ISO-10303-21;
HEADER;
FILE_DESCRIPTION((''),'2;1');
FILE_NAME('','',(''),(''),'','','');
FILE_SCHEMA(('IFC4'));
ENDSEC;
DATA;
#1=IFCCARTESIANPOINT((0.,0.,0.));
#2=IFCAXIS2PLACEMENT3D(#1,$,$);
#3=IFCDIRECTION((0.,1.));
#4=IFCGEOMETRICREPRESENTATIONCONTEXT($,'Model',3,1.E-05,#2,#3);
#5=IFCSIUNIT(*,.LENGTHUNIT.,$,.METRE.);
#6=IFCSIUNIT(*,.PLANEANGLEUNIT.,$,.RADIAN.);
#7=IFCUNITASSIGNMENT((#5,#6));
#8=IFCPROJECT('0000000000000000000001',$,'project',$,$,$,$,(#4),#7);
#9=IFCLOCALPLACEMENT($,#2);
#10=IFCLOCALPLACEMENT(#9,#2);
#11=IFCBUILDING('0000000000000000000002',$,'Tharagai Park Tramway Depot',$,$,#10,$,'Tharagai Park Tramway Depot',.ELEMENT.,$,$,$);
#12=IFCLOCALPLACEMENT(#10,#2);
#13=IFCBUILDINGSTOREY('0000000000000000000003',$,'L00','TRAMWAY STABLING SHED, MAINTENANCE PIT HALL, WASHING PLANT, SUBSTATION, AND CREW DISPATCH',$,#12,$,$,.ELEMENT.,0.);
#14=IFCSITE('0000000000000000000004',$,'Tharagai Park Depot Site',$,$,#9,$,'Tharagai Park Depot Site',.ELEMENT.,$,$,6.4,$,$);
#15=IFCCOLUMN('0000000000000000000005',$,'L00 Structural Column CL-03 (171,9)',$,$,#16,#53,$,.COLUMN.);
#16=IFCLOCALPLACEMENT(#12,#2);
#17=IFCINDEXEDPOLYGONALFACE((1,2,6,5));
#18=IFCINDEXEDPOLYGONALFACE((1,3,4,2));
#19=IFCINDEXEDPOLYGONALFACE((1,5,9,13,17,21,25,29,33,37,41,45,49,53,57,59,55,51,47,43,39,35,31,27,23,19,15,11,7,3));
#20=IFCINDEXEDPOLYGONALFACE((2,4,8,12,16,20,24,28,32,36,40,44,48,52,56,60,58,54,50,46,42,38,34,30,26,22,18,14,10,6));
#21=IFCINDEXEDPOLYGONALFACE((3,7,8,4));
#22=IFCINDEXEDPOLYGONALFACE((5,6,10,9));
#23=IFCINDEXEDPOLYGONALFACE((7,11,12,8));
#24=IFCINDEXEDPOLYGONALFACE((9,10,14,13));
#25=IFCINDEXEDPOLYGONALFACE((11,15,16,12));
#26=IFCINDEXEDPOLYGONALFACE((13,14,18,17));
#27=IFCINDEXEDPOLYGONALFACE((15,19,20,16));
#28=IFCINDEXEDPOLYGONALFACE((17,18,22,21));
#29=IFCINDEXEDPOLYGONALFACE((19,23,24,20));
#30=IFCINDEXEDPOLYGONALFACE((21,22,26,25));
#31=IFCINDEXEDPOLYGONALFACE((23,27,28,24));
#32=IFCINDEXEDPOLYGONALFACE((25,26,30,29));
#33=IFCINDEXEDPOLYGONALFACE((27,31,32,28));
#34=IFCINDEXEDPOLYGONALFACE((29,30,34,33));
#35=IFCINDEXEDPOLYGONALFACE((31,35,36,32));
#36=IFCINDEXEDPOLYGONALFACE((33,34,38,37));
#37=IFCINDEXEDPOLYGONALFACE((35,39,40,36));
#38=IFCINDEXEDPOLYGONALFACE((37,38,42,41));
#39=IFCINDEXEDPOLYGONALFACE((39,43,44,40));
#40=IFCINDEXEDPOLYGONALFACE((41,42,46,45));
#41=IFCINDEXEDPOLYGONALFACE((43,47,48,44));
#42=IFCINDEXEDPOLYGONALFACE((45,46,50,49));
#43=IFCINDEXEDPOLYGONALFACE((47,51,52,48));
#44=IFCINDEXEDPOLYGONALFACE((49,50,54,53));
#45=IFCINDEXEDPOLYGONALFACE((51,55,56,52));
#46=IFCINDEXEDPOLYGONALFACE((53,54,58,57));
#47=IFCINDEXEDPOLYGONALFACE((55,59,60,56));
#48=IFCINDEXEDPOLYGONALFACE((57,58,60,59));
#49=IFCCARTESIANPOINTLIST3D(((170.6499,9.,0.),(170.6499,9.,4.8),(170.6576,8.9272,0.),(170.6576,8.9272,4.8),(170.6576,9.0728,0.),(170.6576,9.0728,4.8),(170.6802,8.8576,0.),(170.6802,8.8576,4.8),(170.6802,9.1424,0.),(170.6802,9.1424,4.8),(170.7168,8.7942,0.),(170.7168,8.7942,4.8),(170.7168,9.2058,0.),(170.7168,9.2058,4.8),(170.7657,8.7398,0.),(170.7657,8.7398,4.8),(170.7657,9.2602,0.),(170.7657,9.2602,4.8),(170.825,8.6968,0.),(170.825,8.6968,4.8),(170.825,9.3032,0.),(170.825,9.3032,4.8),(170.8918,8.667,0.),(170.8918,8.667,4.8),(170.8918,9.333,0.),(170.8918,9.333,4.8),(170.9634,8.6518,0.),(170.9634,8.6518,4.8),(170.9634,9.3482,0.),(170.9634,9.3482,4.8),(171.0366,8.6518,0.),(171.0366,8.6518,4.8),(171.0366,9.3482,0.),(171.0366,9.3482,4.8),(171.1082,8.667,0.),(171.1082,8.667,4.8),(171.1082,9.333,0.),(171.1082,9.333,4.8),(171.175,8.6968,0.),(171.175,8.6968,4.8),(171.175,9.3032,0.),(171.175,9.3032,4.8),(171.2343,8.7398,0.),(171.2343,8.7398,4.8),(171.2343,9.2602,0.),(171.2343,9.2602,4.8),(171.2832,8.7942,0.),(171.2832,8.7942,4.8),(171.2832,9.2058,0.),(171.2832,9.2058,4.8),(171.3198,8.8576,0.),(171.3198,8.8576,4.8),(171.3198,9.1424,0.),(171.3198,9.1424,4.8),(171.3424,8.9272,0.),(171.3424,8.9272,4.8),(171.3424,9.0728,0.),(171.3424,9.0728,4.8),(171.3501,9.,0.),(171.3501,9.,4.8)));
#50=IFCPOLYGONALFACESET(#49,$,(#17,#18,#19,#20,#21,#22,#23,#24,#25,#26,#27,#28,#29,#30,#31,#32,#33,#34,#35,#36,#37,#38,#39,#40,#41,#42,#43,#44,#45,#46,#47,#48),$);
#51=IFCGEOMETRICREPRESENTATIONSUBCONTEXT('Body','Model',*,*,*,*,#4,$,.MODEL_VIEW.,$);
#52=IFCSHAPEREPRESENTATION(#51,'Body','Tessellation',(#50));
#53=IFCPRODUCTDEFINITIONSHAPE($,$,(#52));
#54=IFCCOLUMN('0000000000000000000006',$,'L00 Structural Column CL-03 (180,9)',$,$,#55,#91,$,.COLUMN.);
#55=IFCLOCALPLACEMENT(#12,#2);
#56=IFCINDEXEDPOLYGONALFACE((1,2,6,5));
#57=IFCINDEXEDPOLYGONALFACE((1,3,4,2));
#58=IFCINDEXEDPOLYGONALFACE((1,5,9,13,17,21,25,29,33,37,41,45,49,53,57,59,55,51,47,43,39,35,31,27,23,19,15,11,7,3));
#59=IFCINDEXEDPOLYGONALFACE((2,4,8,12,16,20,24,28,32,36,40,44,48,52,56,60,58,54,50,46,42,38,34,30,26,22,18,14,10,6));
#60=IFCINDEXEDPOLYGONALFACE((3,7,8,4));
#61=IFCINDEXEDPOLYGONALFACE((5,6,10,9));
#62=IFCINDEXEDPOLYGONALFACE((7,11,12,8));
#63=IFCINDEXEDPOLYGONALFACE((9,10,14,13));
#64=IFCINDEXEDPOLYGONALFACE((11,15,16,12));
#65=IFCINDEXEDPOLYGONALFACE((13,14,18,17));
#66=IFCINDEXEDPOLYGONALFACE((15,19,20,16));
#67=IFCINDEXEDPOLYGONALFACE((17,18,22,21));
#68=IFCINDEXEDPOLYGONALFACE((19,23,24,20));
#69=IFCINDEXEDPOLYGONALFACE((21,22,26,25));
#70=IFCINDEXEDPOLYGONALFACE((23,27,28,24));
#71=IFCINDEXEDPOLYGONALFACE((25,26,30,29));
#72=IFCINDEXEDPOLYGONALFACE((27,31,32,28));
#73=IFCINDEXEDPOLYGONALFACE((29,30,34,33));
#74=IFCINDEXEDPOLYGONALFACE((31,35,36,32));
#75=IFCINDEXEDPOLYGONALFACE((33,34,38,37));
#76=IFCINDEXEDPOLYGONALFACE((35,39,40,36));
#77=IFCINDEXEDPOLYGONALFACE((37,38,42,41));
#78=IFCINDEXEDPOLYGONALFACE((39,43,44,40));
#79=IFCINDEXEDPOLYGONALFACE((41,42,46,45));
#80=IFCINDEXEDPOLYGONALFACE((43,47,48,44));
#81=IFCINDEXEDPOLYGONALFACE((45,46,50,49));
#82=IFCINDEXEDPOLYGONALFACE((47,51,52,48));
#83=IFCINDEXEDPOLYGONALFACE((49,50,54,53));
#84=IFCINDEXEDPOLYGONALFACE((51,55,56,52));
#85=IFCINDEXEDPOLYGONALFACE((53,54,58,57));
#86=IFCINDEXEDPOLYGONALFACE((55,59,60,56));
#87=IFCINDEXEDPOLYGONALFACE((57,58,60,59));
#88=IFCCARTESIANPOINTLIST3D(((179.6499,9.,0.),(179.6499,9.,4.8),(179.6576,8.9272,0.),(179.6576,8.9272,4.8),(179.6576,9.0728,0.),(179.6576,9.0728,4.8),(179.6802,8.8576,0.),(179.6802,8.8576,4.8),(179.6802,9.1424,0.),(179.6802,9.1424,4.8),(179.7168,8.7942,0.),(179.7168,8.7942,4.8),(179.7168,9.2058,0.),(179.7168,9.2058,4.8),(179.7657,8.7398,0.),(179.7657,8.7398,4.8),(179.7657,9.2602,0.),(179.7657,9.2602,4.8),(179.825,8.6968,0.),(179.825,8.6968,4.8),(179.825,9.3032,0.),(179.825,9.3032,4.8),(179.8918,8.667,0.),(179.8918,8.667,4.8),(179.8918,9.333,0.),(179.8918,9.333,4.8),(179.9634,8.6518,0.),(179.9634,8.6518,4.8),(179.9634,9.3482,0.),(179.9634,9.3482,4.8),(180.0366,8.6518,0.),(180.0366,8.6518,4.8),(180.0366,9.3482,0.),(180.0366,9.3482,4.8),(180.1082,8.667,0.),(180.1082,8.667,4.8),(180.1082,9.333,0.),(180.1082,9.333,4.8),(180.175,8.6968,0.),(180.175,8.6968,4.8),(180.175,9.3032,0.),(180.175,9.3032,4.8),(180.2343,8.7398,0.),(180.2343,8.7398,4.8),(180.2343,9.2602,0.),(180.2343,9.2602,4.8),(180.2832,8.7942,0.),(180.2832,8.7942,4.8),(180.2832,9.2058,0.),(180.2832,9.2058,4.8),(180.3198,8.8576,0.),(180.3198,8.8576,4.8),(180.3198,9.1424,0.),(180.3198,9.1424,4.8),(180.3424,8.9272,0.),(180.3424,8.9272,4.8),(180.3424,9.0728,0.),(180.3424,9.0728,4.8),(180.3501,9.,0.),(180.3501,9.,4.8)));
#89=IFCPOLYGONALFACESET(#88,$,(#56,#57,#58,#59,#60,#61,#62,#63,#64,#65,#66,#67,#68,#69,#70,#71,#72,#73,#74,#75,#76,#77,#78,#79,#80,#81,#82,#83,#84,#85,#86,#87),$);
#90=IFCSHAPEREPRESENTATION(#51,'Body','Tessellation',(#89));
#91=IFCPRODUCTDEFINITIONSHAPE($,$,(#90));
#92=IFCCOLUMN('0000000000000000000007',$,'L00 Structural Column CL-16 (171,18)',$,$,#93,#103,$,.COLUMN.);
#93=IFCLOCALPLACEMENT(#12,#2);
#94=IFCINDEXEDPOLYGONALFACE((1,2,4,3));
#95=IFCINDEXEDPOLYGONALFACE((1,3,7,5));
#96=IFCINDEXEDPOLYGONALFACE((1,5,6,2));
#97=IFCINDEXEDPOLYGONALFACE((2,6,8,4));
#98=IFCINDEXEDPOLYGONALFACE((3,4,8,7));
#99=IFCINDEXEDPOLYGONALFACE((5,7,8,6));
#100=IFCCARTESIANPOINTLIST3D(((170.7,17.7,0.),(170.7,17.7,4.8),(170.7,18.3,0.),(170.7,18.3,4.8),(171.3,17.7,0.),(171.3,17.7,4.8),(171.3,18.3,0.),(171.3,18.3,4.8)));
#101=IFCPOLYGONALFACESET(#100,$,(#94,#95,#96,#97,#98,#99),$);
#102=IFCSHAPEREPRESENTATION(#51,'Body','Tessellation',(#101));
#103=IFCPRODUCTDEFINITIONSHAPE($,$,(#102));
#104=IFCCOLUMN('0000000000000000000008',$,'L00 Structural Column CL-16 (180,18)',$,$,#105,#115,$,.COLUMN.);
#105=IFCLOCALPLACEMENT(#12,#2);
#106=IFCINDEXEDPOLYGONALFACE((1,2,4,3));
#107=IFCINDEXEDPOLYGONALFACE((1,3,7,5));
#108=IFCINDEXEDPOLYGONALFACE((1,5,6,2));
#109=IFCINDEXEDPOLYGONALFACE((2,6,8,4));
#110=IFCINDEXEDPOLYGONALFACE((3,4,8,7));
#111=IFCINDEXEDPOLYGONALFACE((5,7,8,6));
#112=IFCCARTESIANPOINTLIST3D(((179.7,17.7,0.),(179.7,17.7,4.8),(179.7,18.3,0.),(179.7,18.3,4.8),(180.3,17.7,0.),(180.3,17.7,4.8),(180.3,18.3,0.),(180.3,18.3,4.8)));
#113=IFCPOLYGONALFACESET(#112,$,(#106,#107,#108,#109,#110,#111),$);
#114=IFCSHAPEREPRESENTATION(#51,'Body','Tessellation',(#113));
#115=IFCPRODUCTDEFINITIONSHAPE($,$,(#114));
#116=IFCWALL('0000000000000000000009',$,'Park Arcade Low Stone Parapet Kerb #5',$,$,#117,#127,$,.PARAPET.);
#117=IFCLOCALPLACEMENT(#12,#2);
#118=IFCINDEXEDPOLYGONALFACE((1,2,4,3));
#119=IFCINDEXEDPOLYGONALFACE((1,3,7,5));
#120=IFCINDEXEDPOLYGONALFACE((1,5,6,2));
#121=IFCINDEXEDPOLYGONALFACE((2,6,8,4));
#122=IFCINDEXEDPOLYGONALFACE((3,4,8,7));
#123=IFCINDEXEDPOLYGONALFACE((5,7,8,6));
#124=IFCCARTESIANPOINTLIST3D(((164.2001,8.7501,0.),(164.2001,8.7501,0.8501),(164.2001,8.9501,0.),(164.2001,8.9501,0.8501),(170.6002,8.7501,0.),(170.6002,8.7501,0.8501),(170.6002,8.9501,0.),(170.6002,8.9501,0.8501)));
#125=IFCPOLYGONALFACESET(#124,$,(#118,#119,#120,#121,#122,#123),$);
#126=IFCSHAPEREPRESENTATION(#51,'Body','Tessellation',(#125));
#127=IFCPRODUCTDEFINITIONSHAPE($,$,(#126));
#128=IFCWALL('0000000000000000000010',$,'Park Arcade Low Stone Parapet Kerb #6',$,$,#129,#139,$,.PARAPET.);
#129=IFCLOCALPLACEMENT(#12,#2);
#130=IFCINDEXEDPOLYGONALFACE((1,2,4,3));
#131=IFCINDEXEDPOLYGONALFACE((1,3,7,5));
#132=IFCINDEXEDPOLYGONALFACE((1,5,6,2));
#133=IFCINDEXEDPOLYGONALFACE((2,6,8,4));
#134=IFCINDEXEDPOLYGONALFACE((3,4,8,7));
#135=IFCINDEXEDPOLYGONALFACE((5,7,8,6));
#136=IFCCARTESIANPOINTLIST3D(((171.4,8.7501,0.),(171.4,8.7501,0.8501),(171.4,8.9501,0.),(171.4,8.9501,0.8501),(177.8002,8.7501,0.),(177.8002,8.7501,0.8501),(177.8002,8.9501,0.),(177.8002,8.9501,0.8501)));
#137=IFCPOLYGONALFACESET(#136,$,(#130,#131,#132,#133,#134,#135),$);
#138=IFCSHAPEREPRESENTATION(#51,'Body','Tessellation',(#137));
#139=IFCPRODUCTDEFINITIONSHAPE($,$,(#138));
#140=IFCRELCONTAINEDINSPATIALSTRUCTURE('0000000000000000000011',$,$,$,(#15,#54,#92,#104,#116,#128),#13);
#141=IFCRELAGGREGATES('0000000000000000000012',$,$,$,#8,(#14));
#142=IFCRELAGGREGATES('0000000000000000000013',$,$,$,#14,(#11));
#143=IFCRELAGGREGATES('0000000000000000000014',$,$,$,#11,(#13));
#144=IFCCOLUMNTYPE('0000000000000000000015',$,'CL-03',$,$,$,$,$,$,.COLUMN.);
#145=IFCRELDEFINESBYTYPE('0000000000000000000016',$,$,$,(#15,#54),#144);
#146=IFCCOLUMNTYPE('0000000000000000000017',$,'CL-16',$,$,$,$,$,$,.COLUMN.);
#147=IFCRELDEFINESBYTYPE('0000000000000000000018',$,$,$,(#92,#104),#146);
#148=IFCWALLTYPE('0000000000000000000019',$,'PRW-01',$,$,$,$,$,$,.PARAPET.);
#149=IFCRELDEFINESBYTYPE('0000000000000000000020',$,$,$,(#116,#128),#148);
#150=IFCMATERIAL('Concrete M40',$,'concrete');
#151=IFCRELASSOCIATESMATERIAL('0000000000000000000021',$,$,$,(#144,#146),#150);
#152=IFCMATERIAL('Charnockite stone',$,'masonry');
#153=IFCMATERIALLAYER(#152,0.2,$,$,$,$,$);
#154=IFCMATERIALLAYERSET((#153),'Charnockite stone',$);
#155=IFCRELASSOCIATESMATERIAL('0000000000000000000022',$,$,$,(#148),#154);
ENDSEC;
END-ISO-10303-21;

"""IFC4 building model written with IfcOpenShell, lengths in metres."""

from ifc_helpers import new_model, si_unit, direction, frame, frame_2d, origin, origin_2d, place, context, subcontext, project, spatial, rectangle, circle, extrude, material, layer, layer_set, material_profile, profile_set, type_object, element, save


model = new_model("IFC4")

# Units and contexts
model_context = context("Model", 3, precision=1e-05, world=origin(), true_north=direction((0.0, 1.0)))
body_context = subcontext(model_context, "Body", "Model", "MODEL_VIEW")
ifc_project = project(units=[si_unit("LENGTHUNIT", "METRE"), si_unit("PLANEANGLEUNIT", "RADIAN")], contexts=[model_context])

# Site, building, storey
site_placement = place(None, origin())
site = spatial("IfcSite", under=ifc_project, at=site_placement, Name="Tharagai Park Depot Site", LongName="Tharagai Park Depot Site", CompositionType="ELEMENT", RefElevation=6.4)
building_placement = place(site_placement, origin())
building = spatial("IfcBuilding", under=site, at=building_placement, Name="Tharagai Park Tramway Depot", LongName="Tharagai Park Tramway Depot", CompositionType="ELEMENT")
storey_placement = place(building_placement, origin())
storey = spatial("IfcBuildingStorey", under=building, at=storey_placement, Name="L00", Description="TRAMWAY STABLING SHED, MAINTENANCE PIT HALL, WASHING PLANT, SUBSTATION, AND CREW DISPATCH", CompositionType="ELEMENT", Elevation=0.0)

# Shared definitions
ifc_material_1 = material(Name="Concrete M40", Category="concrete")

# Columns
ifc_material_profile_1 = material_profile(ifc_material_1, circle(Radius=0.3501, at=origin_2d()), Name="RC D700")
ifc_profile_set_1 = profile_set([ifc_material_profile_1], Name="Concrete M40")
column_type_1 = type_object("IfcColumnType", Name="CL-03", PredefinedType="COLUMN", material=ifc_profile_set_1)
for number, where, z_axis, x_axis, name in (
    (1, (171.0, 9.0, 0.0), (0.0, 0.0, 1.0), (1.0, 0.0, 0.0), "L00 Structural Column CL-03 (171,9)"),
    (2, (180.0, 9.0, 0.0), (0.0, 0.0, 1.0), (1.0, 0.0, 0.0), "L00 Structural Column CL-03 (180,9)"),
):
    element("IfcColumn", number, at=place(storey_placement, frame(where, z_axis=z_axis, x_axis=x_axis)), inside=storey, type_object=column_type_1, Name=name, PredefinedType="COLUMN", context=body_context, shape_type="SweptSolid", body=[
        extrude(circle(Radius=0.3501, at=origin_2d()), origin(), (0.0, 0.0, 1.0), 4.8),
    ])
ifc_material_profile_2 = material_profile(ifc_material_1, rectangle(XDim=0.6001, YDim=0.6001, at=origin_2d()), Name="RC 600x600")
ifc_profile_set_2 = profile_set([ifc_material_profile_2], Name="Concrete M40")
column_type_2 = type_object("IfcColumnType", Name="CL-16", PredefinedType="COLUMN", material=ifc_profile_set_2)
for number, where, z_axis, x_axis, name in (
    (3, (171.0, 18.0, 0.0), (0.0, 0.0, 1.0), (1.0, 0.0, 0.0), "L00 Structural Column CL-16 (171,18)"),
    (4, (180.0, 18.0, 0.0), (0.0, 0.0, 1.0), (1.0, 0.0, 0.0), "L00 Structural Column CL-16 (180,18)"),
):
    element("IfcColumn", number, at=place(storey_placement, frame(where, z_axis=z_axis, x_axis=x_axis)), inside=storey, type_object=column_type_2, Name=name, PredefinedType="COLUMN", context=body_context, shape_type="SweptSolid", body=[
        extrude(rectangle(XDim=0.6001, YDim=0.6001, at=origin_2d()), origin(), (0.0, 0.0, 1.0), 4.8),
    ])

# Walls
ifc_material_2 = material(Name="Charnockite stone", Category="masonry")
ifc_layer = layer(ifc_material_2, 0.2)
ifc_layer_set = layer_set([ifc_layer], Name="Charnockite stone")
wall_type = type_object("IfcWallType", Name="PRW-01", PredefinedType="PARAPET", material=ifc_layer_set)
for number, where, z_axis, x_axis, name in (
    (5, (164.2, 8.8501, 0.0), (0.0, 0.0, 1.0), (1.0, 0.0, 0.0), "Park Arcade Low Stone Parapet Kerb #5"),
    (6, (171.3999, 8.8501, 0.0), (0.0, 0.0, 1.0), (1.0, 0.0, 0.0), "Park Arcade Low Stone Parapet Kerb #6"),
):
    element("IfcWall", number, at=place(storey_placement, frame(where, z_axis=z_axis, x_axis=x_axis)), inside=storey, type_object=wall_type, Name=name, PredefinedType="PARAPET", context=body_context, shape_type="SweptSolid", body=[
        extrude(rectangle(XDim=6.4001, YDim=0.2, at=frame_2d((3.2002, 0.0))), origin(), (0.0, 0.0, 1.0), 0.8501),
    ])

save(model, "model.ifc")
